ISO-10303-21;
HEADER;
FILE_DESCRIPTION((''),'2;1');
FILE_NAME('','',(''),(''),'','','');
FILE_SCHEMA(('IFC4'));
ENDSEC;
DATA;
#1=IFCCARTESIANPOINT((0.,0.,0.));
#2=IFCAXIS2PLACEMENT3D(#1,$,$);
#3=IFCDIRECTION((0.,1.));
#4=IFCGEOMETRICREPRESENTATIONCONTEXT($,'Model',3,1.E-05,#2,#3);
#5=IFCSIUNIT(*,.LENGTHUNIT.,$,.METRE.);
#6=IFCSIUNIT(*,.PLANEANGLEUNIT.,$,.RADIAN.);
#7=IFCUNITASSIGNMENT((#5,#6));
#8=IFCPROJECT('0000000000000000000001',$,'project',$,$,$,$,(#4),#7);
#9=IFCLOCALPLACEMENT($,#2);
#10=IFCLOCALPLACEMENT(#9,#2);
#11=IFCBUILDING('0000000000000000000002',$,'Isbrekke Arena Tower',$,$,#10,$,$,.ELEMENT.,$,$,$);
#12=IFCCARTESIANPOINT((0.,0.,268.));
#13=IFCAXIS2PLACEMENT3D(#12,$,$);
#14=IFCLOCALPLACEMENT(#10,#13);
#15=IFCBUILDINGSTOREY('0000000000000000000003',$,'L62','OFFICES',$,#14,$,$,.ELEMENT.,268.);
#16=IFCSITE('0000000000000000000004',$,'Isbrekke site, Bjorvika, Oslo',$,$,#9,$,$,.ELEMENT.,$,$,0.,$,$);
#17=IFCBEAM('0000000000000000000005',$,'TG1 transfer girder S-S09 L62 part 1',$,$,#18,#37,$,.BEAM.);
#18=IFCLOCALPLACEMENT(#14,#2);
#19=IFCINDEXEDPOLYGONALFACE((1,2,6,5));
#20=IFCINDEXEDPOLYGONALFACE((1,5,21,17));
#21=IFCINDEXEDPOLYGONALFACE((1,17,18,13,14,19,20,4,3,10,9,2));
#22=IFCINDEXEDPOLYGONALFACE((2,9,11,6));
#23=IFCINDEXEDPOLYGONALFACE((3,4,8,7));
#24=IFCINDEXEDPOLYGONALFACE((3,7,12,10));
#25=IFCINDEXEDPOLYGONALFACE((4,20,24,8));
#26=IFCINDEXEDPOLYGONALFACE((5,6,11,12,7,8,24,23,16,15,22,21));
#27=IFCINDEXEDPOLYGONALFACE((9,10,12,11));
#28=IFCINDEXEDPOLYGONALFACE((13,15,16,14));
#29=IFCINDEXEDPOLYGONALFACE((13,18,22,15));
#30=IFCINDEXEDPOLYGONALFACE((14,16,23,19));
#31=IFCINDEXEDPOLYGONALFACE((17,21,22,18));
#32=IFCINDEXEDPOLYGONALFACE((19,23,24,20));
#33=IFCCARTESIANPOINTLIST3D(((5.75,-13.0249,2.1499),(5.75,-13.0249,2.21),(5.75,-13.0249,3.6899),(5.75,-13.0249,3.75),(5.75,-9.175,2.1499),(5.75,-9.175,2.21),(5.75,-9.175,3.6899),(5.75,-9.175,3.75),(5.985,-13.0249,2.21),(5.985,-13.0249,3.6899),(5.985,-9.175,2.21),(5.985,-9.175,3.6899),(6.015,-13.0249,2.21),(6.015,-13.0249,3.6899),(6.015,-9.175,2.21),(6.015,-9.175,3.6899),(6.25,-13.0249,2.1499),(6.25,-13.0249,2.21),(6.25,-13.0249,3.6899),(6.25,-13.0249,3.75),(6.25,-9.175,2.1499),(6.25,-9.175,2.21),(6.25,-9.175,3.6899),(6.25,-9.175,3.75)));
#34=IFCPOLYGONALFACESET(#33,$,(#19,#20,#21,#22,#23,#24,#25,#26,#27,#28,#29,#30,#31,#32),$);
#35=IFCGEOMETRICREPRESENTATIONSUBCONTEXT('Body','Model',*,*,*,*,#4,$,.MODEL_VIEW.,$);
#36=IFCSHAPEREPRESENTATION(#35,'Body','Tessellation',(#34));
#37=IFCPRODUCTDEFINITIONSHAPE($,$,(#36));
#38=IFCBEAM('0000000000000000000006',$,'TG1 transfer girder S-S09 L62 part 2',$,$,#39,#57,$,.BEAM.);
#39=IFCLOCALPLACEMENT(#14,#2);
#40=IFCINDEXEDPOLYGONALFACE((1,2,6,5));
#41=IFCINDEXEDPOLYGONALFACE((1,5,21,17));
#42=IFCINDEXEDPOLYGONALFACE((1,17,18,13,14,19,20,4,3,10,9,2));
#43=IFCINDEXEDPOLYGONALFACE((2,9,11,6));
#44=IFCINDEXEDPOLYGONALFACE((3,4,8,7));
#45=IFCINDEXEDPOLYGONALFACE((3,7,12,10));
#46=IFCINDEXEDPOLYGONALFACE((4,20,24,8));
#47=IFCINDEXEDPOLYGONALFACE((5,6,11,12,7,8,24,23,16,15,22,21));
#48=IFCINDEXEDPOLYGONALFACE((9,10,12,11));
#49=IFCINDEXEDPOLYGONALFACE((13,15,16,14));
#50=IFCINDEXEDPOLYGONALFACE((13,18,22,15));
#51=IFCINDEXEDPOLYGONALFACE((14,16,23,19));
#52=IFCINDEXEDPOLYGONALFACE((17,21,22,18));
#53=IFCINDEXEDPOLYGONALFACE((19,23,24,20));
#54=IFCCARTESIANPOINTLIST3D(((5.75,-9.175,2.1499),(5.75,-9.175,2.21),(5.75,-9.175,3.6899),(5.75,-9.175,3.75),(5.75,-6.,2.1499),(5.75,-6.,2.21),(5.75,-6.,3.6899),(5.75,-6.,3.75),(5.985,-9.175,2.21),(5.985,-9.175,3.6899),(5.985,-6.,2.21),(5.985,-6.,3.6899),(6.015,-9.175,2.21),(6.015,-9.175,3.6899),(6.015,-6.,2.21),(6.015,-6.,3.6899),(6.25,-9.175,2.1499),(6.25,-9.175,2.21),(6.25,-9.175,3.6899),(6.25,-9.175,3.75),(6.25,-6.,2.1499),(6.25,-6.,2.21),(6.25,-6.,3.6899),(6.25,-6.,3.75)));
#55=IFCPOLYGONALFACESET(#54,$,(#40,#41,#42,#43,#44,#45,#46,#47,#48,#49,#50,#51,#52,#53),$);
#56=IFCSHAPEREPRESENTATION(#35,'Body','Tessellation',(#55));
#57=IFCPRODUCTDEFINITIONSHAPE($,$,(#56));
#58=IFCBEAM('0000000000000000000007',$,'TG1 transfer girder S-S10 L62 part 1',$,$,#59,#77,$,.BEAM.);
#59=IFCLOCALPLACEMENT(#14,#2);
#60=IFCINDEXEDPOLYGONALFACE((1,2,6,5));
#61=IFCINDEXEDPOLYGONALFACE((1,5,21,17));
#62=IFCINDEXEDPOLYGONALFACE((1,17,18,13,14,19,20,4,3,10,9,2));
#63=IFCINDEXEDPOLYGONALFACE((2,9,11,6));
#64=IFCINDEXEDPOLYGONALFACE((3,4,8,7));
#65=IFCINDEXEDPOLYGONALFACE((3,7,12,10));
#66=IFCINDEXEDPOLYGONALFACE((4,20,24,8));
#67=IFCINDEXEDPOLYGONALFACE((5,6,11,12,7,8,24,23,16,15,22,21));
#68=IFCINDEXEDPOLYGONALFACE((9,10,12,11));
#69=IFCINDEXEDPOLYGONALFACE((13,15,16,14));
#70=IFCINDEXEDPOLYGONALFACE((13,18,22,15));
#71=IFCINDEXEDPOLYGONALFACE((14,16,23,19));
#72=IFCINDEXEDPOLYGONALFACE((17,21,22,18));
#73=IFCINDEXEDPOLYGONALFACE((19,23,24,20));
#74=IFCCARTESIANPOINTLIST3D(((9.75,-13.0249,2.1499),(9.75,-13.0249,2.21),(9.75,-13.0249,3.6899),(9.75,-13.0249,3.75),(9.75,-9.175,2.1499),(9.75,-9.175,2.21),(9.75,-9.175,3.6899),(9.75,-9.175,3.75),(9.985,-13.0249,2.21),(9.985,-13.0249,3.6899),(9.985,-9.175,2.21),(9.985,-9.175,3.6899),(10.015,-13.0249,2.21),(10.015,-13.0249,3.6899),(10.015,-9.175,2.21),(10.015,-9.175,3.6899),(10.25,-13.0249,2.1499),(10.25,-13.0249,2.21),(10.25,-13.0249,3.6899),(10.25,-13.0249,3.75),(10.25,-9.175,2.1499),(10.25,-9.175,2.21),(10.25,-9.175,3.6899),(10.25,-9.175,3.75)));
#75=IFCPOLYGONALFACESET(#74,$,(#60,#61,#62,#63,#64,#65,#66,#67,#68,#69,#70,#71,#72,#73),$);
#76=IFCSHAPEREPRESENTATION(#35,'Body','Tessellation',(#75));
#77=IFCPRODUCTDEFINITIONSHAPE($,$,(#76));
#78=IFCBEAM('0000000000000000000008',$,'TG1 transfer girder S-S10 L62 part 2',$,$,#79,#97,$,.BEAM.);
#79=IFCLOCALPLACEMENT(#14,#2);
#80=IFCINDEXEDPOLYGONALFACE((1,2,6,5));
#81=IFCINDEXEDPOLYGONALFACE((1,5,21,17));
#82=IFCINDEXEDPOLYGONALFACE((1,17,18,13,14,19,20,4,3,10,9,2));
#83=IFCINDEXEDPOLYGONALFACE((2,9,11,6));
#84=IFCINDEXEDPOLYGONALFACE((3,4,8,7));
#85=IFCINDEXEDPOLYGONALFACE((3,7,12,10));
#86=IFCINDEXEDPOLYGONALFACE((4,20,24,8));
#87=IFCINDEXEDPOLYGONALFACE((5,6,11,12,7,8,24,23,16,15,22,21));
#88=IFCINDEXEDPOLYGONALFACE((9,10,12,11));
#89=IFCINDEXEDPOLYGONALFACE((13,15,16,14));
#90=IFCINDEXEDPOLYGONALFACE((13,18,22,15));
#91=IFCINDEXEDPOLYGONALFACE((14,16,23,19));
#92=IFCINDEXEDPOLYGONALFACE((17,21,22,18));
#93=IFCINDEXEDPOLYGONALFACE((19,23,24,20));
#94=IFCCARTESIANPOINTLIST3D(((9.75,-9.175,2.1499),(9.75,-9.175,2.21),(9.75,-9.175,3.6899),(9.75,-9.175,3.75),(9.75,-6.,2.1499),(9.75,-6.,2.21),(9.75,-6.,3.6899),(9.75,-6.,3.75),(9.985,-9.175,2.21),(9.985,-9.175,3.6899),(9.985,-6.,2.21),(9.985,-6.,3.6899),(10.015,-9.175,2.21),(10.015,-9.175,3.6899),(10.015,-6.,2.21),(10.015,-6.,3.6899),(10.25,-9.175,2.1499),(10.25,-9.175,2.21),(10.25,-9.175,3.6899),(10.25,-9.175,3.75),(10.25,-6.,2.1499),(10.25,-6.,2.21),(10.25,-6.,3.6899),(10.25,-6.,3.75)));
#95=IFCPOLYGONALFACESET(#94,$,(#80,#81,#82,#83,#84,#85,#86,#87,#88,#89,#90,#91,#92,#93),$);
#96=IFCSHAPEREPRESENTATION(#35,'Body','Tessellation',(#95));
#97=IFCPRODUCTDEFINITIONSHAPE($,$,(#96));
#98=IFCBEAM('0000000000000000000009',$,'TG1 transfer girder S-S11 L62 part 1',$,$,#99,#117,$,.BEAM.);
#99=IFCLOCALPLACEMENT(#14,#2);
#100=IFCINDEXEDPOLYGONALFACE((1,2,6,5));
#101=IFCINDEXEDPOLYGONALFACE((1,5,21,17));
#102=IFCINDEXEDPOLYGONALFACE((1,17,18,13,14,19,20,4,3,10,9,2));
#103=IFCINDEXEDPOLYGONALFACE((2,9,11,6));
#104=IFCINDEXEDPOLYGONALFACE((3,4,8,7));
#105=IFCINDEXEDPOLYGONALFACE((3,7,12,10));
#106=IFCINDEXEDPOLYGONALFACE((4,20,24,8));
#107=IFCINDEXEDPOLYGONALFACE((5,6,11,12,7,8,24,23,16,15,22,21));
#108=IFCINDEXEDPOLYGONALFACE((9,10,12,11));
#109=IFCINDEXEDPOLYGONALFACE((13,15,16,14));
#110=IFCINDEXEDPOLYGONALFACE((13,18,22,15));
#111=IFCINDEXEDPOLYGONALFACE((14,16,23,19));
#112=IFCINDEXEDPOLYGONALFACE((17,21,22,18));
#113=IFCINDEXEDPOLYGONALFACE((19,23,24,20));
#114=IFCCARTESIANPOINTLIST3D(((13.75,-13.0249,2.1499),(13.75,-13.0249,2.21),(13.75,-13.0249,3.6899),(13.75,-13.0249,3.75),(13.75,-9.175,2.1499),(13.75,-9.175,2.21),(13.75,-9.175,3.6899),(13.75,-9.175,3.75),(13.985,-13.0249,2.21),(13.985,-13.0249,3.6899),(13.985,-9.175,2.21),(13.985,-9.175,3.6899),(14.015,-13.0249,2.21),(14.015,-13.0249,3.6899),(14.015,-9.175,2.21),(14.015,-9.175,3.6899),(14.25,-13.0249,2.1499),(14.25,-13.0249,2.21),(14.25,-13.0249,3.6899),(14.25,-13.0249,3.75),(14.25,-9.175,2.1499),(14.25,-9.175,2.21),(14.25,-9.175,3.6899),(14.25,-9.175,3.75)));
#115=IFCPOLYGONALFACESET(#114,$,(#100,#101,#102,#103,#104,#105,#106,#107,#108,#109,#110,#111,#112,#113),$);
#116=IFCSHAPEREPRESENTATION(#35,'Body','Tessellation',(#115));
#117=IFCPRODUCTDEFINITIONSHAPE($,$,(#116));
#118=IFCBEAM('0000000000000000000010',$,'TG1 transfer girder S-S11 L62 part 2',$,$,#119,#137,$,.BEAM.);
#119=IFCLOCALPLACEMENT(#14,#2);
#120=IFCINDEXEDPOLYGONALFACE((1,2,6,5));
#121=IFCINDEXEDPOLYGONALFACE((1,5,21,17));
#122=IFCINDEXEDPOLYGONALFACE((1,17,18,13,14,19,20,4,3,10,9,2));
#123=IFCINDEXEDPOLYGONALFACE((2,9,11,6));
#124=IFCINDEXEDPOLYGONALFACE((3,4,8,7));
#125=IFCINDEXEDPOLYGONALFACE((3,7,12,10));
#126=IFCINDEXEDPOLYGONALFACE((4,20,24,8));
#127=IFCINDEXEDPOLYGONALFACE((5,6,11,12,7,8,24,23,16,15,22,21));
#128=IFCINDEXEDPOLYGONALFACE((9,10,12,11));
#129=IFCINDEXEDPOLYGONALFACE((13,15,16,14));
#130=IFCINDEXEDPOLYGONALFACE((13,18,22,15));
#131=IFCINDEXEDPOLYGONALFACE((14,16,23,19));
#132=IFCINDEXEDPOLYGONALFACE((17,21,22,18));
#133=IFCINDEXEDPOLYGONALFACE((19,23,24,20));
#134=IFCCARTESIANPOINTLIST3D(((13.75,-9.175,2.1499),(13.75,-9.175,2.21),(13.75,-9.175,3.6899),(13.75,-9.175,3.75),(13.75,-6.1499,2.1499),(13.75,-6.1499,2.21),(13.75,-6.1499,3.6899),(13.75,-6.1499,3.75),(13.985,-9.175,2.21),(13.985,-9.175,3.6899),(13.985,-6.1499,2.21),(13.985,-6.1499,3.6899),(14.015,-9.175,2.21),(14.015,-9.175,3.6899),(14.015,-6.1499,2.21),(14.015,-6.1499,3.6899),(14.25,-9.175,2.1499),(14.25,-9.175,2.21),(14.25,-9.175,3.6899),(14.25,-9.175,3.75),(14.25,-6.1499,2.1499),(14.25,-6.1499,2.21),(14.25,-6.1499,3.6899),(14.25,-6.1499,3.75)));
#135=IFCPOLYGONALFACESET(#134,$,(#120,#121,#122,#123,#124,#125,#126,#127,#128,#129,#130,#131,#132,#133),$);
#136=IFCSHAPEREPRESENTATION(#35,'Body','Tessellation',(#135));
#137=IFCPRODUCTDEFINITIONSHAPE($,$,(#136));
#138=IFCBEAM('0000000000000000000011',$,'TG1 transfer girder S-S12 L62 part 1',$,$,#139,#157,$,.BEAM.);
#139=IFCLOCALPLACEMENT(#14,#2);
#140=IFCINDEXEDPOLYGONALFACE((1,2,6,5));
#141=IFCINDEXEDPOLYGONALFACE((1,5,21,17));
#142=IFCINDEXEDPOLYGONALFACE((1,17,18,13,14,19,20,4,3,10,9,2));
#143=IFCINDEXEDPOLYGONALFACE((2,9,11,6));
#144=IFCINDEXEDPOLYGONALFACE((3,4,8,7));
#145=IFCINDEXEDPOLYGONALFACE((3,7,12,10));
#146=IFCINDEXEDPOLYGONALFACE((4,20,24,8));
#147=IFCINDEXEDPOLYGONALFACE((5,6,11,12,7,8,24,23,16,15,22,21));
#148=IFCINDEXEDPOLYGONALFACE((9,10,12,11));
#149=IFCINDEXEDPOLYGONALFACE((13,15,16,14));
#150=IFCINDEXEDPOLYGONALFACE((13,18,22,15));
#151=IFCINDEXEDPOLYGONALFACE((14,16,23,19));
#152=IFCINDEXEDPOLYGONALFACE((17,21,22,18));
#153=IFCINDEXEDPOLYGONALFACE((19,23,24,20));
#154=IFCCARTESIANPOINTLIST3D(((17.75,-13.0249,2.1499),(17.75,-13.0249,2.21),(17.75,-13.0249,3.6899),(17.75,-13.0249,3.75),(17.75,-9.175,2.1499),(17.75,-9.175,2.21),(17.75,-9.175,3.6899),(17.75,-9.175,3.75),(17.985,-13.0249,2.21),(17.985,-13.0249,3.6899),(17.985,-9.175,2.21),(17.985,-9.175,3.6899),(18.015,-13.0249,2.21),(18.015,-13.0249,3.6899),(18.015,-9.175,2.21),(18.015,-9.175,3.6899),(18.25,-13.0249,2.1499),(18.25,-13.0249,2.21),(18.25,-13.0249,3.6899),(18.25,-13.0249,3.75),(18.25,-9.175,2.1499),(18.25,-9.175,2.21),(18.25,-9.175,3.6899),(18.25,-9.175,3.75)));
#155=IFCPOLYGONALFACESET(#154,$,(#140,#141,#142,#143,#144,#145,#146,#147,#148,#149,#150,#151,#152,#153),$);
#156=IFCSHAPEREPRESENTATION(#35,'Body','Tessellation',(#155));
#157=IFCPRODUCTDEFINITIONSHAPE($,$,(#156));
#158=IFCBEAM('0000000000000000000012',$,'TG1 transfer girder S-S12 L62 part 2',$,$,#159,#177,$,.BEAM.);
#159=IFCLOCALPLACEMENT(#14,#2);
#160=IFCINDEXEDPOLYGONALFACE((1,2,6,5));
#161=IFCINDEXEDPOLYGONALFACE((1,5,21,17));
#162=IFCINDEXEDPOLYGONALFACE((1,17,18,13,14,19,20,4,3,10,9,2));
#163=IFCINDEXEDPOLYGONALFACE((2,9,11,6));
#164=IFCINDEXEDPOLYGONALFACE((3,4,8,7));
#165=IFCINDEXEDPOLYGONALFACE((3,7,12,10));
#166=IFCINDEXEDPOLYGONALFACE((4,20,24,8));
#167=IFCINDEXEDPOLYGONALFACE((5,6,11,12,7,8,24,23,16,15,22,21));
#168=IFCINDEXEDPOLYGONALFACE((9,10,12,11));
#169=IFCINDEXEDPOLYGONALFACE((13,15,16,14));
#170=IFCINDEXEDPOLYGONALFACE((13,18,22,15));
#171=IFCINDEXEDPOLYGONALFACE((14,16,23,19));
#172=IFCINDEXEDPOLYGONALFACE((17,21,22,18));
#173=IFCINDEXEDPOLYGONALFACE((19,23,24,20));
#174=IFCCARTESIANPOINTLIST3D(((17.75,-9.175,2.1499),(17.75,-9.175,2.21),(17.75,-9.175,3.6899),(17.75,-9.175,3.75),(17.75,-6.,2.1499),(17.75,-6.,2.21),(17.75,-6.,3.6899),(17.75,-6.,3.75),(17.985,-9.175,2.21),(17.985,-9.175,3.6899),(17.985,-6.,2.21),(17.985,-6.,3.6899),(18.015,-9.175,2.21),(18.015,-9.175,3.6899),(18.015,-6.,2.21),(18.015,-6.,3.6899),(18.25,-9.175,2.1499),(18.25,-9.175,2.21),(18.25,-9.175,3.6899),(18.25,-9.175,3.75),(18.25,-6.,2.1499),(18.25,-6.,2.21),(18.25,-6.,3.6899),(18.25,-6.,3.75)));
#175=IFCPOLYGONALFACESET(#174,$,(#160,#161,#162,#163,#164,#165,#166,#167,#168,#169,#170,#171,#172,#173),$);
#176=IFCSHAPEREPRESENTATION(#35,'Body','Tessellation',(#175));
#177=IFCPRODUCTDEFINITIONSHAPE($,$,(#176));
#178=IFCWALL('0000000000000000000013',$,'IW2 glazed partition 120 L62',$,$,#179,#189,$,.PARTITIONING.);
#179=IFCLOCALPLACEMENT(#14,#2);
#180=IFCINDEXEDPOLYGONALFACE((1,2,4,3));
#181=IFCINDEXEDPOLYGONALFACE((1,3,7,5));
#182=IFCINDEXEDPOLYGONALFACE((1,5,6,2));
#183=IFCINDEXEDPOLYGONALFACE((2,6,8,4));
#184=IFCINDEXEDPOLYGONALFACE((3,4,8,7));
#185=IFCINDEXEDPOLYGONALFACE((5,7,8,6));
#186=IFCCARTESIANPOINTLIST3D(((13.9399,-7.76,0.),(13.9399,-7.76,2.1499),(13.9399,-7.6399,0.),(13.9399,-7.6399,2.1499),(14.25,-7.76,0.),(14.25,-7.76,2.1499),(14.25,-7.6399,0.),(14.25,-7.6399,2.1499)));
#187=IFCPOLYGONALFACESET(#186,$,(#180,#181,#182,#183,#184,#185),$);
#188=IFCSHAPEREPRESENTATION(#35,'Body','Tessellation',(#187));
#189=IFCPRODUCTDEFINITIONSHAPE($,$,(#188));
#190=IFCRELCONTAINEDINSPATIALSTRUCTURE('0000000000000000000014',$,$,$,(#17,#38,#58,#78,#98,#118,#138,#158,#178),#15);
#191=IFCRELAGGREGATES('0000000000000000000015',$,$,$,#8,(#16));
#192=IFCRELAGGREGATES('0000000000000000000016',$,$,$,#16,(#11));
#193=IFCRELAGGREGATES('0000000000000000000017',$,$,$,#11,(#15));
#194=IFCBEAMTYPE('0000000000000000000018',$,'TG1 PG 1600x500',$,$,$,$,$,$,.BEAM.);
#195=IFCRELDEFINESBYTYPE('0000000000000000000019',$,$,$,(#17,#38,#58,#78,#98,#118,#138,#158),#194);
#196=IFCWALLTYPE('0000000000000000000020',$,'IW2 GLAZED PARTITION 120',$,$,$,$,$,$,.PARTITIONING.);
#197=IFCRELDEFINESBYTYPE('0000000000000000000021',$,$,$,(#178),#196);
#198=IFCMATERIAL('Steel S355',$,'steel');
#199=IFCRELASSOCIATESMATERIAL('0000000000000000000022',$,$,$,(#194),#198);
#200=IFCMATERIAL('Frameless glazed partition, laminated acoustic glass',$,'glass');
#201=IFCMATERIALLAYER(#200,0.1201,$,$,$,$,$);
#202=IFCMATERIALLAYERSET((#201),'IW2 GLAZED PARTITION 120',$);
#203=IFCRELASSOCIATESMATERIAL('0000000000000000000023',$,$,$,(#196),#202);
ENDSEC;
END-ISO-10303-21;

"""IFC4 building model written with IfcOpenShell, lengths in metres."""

from ifc_helpers import new_model, si_unit, direction, frame, frame_2d, origin, origin_2d, place, context, subcontext, project, spatial, rectangle, i_section, extrude, material, layer, layer_set, material_profile, profile_set, type_object, element, save


model = new_model("IFC4")

# Units and contexts
model_context = context("Model", 3, precision=1e-05, world=origin(), true_north=direction((0.0, 1.0)))
body_context = subcontext(model_context, "Body", "Model", "MODEL_VIEW")
ifc_project = project(units=[si_unit("LENGTHUNIT", "METRE"), si_unit("PLANEANGLEUNIT", "RADIAN")], contexts=[model_context])

# Site, building, storey
site_placement = place(None, origin())
site = spatial("IfcSite", under=ifc_project, at=site_placement, Name="Isbrekke site, Bjorvika, Oslo", CompositionType="ELEMENT", RefElevation=0.0)
building_placement = place(site_placement, origin())
building = spatial("IfcBuilding", under=site, at=building_placement, Name="Isbrekke Arena Tower", CompositionType="ELEMENT")
storey_placement = place(building_placement, frame((0.0, 0.0, 268.0)))
storey = spatial("IfcBuildingStorey", under=building, at=storey_placement, Name="L62", Description="OFFICES", CompositionType="ELEMENT", Elevation=268.0)

# Beams
ifc_material_1 = material(Name="Steel S355", Category="steel")
ifc_material_profile_1 = material_profile(ifc_material_1, i_section(OverallWidth=0.5, OverallDepth=1.6001, WebThickness=0.03, FlangeThickness=0.0601, at=origin_2d()), Name="PG 1600x500")
ifc_profile_set_1 = profile_set([ifc_material_profile_1], Name="Steel S355")
beam_type_1 = type_object("IfcBeamType", Name="TG1 PG 1600x500", PredefinedType="BEAM", material=ifc_profile_set_1)
beam_1_placement = place(storey_placement, frame((6.0, -13.0249, 2.95), z_axis=(0.0, 1.0, 0.0), x_axis=(-1.0, 0.0, 0.0)))
element("IfcBeam", 1, at=beam_1_placement, inside=storey, type_object=beam_type_1, Name="TG1 transfer girder S-S09 L62 part 1", PredefinedType="BEAM", context=body_context, shape_type="SweptSolid", body=[
    extrude(i_section(OverallWidth=0.5, OverallDepth=1.6001, WebThickness=0.03, FlangeThickness=0.0601, at=origin_2d()), origin(), (0.0, 0.0, 1.0), 3.8499),
])
beam_2_placement = place(storey_placement, frame((6.0, -9.175, 2.95), z_axis=(0.0, 1.0, 0.0), x_axis=(-1.0, 0.0, 0.0)))
element("IfcBeam", 2, at=beam_2_placement, inside=storey, type_object=beam_type_1, Name="TG1 transfer girder S-S09 L62 part 2", PredefinedType="BEAM", context=body_context, shape_type="SweptSolid", body=[
    extrude(i_section(OverallWidth=0.5, OverallDepth=1.6001, WebThickness=0.03, FlangeThickness=0.0601, at=origin_2d()), origin(), (0.0, 0.0, 1.0), 3.175),
])
beam_3_placement = place(storey_placement, frame((10.0, -13.0249, 2.95), z_axis=(0.0, 1.0, 0.0), x_axis=(-1.0, 0.0, 0.0)))
element("IfcBeam", 3, at=beam_3_placement, inside=storey, type_object=beam_type_1, Name="TG1 transfer girder S-S10 L62 part 1", PredefinedType="BEAM", context=body_context, shape_type="SweptSolid", body=[
    extrude(i_section(OverallWidth=0.5, OverallDepth=1.6001, WebThickness=0.03, FlangeThickness=0.0601, at=origin_2d()), origin(), (0.0, 0.0, 1.0), 3.8499),
])
beam_4_placement = place(storey_placement, frame((10.0, -9.175, 2.95), z_axis=(0.0, 1.0, 0.0), x_axis=(-1.0, 0.0, 0.0)))
element("IfcBeam", 4, at=beam_4_placement, inside=storey, type_object=beam_type_1, Name="TG1 transfer girder S-S10 L62 part 2", PredefinedType="BEAM", context=body_context, shape_type="SweptSolid", body=[
    extrude(i_section(OverallWidth=0.5, OverallDepth=1.6001, WebThickness=0.03, FlangeThickness=0.0601, at=origin_2d()), origin(), (0.0, 0.0, 1.0), 3.175),
])
beam_5_placement = place(storey_placement, frame((14.0, -13.0249, 2.95), z_axis=(0.0, 1.0, 0.0), x_axis=(-1.0, 0.0, 0.0)))
element("IfcBeam", 5, at=beam_5_placement, inside=storey, type_object=beam_type_1, Name="TG1 transfer girder S-S11 L62 part 1", PredefinedType="BEAM", context=body_context, shape_type="SweptSolid", body=[
    extrude(i_section(OverallWidth=0.5, OverallDepth=1.6001, WebThickness=0.03, FlangeThickness=0.0601, at=origin_2d()), origin(), (0.0, 0.0, 1.0), 3.8499),
])
beam_6_placement = place(storey_placement, frame((14.0, -9.175, 2.95), z_axis=(0.0, 1.0, 0.0), x_axis=(-1.0, 0.0, 0.0)))
element("IfcBeam", 6, at=beam_6_placement, inside=storey, type_object=beam_type_1, Name="TG1 transfer girder S-S11 L62 part 2", PredefinedType="BEAM", context=body_context, shape_type="SweptSolid", body=[
    extrude(i_section(OverallWidth=0.5, OverallDepth=1.6001, WebThickness=0.03, FlangeThickness=0.0601, at=origin_2d()), origin(), (0.0, 0.0, 1.0), 3.0251),
])
beam_7_placement = place(storey_placement, frame((18.0, -13.0249, 2.95), z_axis=(0.0, 1.0, 0.0), x_axis=(-1.0, 0.0, 0.0)))
element("IfcBeam", 7, at=beam_7_placement, inside=storey, type_object=beam_type_1, Name="TG1 transfer girder S-S12 L62 part 1", PredefinedType="BEAM", context=body_context, shape_type="SweptSolid", body=[
    extrude(i_section(OverallWidth=0.5, OverallDepth=1.6001, WebThickness=0.03, FlangeThickness=0.0601, at=origin_2d()), origin(), (0.0, 0.0, 1.0), 3.8499),
])
beam_8_placement = place(storey_placement, frame((18.0, -9.175, 2.95), z_axis=(0.0, 1.0, 0.0), x_axis=(-1.0, 0.0, 0.0)))
element("IfcBeam", 8, at=beam_8_placement, inside=storey, type_object=beam_type_1, Name="TG1 transfer girder S-S12 L62 part 2", PredefinedType="BEAM", context=body_context, shape_type="SweptSolid", body=[
    extrude(i_section(OverallWidth=0.5, OverallDepth=1.6001, WebThickness=0.03, FlangeThickness=0.0601, at=origin_2d()), origin(), (0.0, 0.0, 1.0), 3.175),
])

# Wall
ifc_material_2 = material(Name="Frameless glazed partition, laminated acoustic glass", Category="glass")
ifc_layer_1 = layer(ifc_material_2, 0.1201)
ifc_layer_set_1 = layer_set([ifc_layer_1], Name="IW2 GLAZED PARTITION 120")
wall_type = type_object("IfcWallType", Name="IW2 GLAZED PARTITION 120", PredefinedType="PARTITIONING", material=ifc_layer_set_1)
wall_1_placement = place(storey_placement, frame((13.9399, -7.7, 0.0), z_axis=(0.0, 0.0, 1.0), x_axis=(1.0, 0.0, 0.0)))
element("IfcWall", 9, at=wall_1_placement, inside=storey, type_object=wall_type, Name="IW2 glazed partition 120 L62", PredefinedType="PARTITIONING", context=body_context, shape_type="SweptSolid", body=[
    extrude(rectangle(XDim=0.3101, YDim=0.1201, at=frame_2d((0.155, 0.0))), origin(), (0.0, 0.0, 1.0), 2.1499),
])

save(model, "model.ifc")
